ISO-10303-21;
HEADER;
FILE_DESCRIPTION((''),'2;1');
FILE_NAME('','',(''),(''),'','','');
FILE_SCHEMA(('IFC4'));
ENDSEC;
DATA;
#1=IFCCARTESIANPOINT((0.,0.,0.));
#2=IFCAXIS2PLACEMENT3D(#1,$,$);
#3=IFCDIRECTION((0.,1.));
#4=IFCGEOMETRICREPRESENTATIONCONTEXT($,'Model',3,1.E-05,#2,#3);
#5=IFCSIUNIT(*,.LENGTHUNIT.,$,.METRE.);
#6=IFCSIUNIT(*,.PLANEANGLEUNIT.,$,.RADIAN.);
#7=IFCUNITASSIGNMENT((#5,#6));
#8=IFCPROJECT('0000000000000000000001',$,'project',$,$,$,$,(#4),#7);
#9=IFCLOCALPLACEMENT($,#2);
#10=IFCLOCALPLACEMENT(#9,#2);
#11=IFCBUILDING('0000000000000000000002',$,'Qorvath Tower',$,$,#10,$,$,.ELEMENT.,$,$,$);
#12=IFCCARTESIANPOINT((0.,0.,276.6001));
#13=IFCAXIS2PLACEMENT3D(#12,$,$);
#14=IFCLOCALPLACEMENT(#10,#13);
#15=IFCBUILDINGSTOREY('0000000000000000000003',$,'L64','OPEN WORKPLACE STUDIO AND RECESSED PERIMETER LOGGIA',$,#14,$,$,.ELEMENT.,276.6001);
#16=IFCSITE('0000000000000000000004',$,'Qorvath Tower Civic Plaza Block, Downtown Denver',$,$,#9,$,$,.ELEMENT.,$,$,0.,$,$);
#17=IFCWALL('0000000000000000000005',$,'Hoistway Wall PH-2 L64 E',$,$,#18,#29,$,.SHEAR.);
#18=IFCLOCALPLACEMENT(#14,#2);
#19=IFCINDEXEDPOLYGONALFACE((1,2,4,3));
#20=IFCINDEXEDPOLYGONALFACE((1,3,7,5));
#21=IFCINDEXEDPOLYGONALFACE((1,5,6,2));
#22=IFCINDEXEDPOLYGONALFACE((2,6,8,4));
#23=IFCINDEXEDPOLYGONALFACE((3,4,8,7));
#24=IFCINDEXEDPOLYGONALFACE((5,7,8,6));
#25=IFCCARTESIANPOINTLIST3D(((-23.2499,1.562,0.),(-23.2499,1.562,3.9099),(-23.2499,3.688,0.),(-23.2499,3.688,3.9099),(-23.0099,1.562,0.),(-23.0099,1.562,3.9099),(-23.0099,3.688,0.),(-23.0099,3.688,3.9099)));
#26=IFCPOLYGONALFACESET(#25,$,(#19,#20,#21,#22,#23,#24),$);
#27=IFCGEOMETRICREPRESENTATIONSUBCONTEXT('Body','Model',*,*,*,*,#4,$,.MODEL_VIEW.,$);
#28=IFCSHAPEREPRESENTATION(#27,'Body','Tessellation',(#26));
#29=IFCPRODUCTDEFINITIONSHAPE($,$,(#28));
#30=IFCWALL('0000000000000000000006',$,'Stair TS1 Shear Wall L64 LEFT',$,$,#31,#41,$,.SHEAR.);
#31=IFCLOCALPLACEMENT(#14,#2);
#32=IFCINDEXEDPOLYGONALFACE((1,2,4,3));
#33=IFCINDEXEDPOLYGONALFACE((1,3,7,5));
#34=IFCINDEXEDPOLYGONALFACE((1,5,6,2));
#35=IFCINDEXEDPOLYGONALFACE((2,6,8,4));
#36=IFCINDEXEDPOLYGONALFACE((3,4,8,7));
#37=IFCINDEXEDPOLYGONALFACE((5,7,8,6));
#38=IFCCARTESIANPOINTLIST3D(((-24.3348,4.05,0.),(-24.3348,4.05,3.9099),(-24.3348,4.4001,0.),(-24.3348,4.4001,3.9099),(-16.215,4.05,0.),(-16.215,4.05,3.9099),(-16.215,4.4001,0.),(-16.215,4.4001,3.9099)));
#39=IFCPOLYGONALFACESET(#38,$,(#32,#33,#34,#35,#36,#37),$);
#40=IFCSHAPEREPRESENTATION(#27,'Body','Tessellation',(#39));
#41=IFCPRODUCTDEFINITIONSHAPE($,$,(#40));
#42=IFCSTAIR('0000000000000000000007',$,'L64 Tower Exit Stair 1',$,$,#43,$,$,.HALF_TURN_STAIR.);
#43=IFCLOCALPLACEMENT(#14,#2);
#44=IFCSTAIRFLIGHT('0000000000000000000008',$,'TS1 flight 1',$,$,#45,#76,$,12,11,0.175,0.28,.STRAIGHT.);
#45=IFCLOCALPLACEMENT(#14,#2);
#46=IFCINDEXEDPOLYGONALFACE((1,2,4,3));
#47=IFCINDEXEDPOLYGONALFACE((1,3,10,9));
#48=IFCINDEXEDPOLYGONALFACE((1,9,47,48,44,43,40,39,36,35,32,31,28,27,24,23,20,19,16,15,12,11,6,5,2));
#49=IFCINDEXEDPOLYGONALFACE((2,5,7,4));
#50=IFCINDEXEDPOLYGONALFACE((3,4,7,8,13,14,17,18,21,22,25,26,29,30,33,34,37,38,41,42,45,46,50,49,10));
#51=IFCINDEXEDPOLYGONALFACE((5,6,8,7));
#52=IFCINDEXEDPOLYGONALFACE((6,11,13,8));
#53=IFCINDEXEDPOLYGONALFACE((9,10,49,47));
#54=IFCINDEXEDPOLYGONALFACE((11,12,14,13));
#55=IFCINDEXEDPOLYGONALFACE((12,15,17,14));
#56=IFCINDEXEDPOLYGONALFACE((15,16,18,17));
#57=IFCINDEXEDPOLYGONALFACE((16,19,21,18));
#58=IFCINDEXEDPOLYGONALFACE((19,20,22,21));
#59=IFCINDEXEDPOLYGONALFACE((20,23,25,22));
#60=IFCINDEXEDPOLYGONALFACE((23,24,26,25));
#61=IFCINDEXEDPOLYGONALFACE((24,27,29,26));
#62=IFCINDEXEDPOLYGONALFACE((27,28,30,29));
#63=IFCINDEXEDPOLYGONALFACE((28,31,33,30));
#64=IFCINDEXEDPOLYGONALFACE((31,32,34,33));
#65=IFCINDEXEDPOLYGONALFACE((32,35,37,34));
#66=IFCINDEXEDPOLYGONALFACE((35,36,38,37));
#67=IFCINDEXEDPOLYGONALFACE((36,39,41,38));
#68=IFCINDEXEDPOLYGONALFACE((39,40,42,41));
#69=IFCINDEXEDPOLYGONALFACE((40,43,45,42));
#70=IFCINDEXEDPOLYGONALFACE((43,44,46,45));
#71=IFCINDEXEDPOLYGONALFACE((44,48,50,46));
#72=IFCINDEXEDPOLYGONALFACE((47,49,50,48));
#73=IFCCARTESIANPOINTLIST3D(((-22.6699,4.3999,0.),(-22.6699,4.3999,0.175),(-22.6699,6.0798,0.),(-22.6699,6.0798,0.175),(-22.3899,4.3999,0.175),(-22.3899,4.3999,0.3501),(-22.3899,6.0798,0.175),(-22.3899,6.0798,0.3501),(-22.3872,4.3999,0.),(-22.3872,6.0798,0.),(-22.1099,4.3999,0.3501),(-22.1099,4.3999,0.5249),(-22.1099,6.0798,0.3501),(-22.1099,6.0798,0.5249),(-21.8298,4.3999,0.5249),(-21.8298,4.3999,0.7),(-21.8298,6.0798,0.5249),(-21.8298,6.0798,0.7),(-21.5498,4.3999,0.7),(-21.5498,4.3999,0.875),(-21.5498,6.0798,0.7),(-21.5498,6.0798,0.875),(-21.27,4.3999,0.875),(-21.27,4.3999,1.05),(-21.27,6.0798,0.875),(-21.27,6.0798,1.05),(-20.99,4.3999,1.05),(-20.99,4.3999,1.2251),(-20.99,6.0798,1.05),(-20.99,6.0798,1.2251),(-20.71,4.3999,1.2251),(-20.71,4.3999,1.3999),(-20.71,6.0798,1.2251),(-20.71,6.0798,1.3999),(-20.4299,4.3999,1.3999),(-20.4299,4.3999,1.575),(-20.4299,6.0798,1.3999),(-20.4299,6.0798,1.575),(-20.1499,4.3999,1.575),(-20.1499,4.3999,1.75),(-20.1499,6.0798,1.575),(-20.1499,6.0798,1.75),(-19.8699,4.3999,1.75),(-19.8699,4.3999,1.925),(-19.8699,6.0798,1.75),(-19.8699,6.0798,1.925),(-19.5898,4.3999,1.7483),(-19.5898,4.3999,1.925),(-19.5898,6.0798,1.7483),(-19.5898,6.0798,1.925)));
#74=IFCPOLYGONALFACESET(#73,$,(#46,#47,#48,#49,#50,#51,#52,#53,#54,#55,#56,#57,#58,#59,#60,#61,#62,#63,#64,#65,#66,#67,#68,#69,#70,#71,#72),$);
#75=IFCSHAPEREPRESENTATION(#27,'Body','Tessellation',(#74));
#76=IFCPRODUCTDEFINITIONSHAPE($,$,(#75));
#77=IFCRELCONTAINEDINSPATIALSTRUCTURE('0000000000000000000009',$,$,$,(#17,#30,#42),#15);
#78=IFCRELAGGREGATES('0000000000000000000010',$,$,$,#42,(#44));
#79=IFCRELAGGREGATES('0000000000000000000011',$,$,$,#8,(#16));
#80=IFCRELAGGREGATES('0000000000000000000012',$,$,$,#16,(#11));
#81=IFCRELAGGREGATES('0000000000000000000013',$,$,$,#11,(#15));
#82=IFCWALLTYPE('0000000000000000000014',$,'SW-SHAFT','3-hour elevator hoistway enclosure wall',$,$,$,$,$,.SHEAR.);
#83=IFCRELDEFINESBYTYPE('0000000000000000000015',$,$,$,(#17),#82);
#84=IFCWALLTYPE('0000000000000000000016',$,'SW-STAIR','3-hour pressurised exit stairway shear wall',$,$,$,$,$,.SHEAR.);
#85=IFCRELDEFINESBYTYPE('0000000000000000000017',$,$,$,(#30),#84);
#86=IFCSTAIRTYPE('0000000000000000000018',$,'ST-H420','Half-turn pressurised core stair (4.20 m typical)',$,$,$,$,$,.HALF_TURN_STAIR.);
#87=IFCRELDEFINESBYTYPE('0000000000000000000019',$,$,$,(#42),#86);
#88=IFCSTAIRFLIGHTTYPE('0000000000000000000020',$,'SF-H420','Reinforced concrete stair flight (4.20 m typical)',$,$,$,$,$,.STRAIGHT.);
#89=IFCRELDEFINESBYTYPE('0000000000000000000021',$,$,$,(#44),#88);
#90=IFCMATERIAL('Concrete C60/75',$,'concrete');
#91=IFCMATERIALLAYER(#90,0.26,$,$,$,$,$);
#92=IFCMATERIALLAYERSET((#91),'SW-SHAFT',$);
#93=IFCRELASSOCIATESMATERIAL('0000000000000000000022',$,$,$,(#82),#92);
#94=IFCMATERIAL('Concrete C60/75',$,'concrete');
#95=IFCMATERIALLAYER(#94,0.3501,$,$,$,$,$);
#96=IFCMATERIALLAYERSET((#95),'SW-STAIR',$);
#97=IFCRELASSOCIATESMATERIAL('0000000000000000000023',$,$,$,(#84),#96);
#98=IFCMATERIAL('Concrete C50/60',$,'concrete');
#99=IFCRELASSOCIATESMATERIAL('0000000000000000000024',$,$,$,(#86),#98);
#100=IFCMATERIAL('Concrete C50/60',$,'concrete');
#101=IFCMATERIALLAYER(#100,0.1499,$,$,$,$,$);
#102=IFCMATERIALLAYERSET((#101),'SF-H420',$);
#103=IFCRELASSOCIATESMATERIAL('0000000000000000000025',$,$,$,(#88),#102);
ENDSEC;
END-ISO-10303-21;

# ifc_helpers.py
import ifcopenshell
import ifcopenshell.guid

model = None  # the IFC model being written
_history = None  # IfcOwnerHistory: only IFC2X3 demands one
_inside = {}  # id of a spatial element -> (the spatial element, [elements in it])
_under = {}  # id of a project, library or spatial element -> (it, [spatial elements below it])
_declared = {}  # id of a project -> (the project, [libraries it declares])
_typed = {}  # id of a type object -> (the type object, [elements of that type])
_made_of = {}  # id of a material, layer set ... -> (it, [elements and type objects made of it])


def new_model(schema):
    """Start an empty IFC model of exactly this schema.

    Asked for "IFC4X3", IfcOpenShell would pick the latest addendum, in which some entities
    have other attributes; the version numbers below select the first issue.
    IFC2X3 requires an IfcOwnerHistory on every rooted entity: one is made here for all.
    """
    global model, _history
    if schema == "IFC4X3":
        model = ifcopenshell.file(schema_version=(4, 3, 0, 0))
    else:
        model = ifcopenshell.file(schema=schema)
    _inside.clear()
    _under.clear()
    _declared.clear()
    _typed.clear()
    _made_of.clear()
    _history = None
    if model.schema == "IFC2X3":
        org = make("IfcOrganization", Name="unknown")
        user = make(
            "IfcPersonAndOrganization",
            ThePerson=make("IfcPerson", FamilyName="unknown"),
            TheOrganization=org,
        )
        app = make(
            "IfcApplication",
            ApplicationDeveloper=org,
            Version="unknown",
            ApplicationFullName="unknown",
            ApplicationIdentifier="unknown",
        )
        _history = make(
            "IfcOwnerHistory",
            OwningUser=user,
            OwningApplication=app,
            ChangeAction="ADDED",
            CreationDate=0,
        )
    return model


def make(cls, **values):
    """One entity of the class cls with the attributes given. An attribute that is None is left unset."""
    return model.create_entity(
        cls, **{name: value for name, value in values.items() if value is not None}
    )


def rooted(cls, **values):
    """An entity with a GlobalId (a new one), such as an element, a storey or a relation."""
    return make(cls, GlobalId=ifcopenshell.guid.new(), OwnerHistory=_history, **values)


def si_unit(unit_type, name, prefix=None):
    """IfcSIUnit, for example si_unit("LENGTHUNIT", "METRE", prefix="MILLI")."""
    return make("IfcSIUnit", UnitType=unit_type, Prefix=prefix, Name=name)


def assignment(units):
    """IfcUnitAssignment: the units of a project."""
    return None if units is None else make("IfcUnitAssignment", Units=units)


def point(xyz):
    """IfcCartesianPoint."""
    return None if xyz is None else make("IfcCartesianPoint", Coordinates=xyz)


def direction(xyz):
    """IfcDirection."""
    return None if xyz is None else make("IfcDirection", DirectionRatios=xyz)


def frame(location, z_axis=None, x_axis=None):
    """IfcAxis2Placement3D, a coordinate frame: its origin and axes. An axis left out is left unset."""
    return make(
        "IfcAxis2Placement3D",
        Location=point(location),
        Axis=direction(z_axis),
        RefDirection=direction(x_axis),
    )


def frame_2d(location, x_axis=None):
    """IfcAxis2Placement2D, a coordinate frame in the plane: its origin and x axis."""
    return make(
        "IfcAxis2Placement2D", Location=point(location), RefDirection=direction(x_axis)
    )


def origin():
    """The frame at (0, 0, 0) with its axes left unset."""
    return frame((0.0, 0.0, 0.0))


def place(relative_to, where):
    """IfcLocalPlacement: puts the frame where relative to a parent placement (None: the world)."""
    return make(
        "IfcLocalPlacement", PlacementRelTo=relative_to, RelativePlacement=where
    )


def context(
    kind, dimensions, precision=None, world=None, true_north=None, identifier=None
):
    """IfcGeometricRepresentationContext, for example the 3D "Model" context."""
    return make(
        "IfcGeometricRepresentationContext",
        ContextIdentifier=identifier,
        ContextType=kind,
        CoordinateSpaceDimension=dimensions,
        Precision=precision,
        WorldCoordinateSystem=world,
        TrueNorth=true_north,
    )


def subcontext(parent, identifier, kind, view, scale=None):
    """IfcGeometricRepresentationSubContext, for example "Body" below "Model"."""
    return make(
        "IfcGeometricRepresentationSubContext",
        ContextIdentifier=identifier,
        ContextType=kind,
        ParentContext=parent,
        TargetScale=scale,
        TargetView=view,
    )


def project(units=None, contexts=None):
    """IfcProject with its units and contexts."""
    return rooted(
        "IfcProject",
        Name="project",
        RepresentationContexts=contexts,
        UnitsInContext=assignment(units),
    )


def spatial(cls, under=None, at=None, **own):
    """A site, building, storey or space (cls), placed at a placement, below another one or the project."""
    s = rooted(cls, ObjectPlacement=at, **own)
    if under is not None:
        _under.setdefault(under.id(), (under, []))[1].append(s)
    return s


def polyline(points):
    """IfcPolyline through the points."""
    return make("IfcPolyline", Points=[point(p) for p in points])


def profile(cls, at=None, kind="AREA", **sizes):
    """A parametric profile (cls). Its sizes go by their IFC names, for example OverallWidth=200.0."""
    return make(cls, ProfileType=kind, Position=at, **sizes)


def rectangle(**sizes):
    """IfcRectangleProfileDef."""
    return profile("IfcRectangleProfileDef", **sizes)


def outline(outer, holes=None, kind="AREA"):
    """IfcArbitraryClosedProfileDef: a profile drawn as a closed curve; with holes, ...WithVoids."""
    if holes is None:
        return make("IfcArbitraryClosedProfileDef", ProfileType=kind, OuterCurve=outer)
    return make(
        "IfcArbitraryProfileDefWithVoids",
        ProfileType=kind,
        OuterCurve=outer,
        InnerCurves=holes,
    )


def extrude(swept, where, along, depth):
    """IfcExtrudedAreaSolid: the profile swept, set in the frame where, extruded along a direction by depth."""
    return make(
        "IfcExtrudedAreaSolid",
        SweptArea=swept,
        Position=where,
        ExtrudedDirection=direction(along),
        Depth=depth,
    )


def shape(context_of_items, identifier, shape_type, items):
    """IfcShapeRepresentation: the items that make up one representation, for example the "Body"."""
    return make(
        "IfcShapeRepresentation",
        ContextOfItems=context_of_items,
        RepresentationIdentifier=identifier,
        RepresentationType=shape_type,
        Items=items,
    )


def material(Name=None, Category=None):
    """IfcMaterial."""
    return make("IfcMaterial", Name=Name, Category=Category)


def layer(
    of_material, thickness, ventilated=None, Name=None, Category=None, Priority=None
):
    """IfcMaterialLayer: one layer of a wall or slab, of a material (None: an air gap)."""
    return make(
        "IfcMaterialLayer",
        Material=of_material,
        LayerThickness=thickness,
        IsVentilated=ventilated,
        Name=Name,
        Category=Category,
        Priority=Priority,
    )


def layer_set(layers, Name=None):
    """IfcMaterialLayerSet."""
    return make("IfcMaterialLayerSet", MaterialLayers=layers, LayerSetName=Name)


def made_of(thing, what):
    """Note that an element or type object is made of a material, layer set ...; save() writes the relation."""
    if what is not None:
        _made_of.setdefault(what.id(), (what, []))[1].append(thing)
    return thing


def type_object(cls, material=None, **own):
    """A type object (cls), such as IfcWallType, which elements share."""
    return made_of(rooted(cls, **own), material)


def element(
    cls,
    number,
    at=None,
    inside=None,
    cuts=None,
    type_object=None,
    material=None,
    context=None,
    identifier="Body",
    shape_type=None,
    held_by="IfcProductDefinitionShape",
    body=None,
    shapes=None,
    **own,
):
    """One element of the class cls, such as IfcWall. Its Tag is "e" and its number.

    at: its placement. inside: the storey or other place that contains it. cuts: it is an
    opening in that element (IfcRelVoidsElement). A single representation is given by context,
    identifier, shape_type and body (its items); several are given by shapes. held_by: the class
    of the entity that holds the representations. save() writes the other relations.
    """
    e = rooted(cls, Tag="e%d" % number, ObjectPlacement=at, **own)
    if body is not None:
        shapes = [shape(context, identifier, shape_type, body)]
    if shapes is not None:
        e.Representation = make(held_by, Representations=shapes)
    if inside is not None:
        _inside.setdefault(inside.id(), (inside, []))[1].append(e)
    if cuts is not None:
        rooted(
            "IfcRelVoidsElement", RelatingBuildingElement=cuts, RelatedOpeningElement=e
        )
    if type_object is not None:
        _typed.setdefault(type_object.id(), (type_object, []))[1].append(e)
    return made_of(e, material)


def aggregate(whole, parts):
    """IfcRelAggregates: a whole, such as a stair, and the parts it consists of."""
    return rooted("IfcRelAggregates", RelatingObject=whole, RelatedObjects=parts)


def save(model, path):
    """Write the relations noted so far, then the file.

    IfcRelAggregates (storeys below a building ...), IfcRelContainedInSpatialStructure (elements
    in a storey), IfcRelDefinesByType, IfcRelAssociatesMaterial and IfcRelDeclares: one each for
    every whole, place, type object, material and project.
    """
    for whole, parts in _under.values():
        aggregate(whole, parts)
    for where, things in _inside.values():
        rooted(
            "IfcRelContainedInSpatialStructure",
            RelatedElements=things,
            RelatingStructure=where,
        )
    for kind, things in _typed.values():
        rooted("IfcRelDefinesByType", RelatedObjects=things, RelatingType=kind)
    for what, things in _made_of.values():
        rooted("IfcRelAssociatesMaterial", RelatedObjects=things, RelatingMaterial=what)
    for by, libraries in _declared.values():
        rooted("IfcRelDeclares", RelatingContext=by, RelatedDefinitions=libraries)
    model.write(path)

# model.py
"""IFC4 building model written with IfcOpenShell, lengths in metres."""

from ifc_helpers import new_model, si_unit, direction, frame, frame_2d, origin, place, context, subcontext, project, spatial, polyline, rectangle, outline, extrude, material, layer, layer_set, type_object, element, aggregate, save


model = new_model("IFC4")

# Units and contexts
model_context = context("Model", 3, precision=1e-05, world=origin(), true_north=direction((0.0, 1.0)))
body_context = subcontext(model_context, "Body", "Model", "MODEL_VIEW")
ifc_project = project(units=[si_unit("LENGTHUNIT", "METRE"), si_unit("PLANEANGLEUNIT", "RADIAN")], contexts=[model_context])

# Site, building, storey
site_placement = place(None, origin())
site = spatial("IfcSite", under=ifc_project, at=site_placement, Name="Qorvath Tower Civic Plaza Block, Downtown Denver", CompositionType="ELEMENT", RefElevation=0.0)
building_placement = place(site_placement, origin())
building = spatial("IfcBuilding", under=site, at=building_placement, Name="Qorvath Tower", CompositionType="ELEMENT")
storey_placement = place(building_placement, frame((0.0, 0.0, 276.6001)))
storey = spatial("IfcBuildingStorey", under=building, at=storey_placement, Name="L64", Description="OPEN WORKPLACE STUDIO AND RECESSED PERIMETER LOGGIA", CompositionType="ELEMENT", Elevation=276.6001)

# Shared definitions
ifc_material_1 = material(Name="Concrete C60/75", Category="concrete")
ifc_layer_1 = layer(ifc_material_1, 0.26)
ifc_layer_set_1 = layer_set([ifc_layer_1], Name="SW-SHAFT")
wall_type_1 = type_object("IfcWallType", Name="SW-SHAFT", Description="3-hour elevator hoistway enclosure wall", PredefinedType="SHEAR", material=ifc_layer_set_1)

# Walls
wall_1_placement = place(storey_placement, frame((-23.1299, 3.688, 0.0), z_axis=(0.0, 0.0, 1.0), x_axis=(0.0, -1.0, 0.0)))
element("IfcWall", 1, at=wall_1_placement, inside=storey, type_object=wall_type_1, Name="Hoistway Wall PH-2 L64 E", PredefinedType="SHEAR", context=body_context, shape_type="SweptSolid", body=[
    extrude(rectangle(XDim=2.126, YDim=0.24, at=frame_2d((1.063, 0.0))), origin(), (0.0, 0.0, 1.0), 3.9099),
])
ifc_material_2 = material(Name="Concrete C60/75", Category="concrete")
ifc_layer_2 = layer(ifc_material_2, 0.3501)
ifc_layer_set_2 = layer_set([ifc_layer_2], Name="SW-STAIR")
wall_type_2 = type_object("IfcWallType", Name="SW-STAIR", Description="3-hour pressurised exit stairway shear wall", PredefinedType="SHEAR", material=ifc_layer_set_2)
wall_2_placement = place(storey_placement, frame((-24.335, 4.2251, 0.0), z_axis=(0.0, 0.0, 1.0), x_axis=(1.0, 0.0, 0.0)))
element("IfcWall", 2, at=wall_2_placement, inside=storey, type_object=wall_type_2, Name="Stair TS1 Shear Wall L64 LEFT", PredefinedType="SHEAR", context=body_context, shape_type="SweptSolid", body=[
    extrude(rectangle(XDim=8.1199, YDim=0.3501, at=frame_2d((4.0601, 0.0))), origin(), (0.0, 0.0, 1.0), 3.9099),
])

# Stair, stair flight
ifc_material_3 = material(Name="Concrete C50/60", Category="concrete")
stair_type = type_object("IfcStairType", Name="ST-H420", Description="Half-turn pressurised core stair (4.20 m typical)", PredefinedType="HALF_TURN_STAIR", material=ifc_material_3)
stair_placement = place(storey_placement, origin())
stair = element("IfcStair", 3, at=stair_placement, inside=storey, type_object=stair_type, Name="L64 Tower Exit Stair 1", PredefinedType="HALF_TURN_STAIR")
ifc_material_4 = material(Name="Concrete C50/60", Category="concrete")
ifc_layer_3 = layer(ifc_material_4, 0.1499)
ifc_layer_set_3 = layer_set([ifc_layer_3], Name="SF-H420")
stair_flight_type = type_object("IfcStairFlightType", Name="SF-H420", Description="Reinforced concrete stair flight (4.20 m typical)", PredefinedType="STRAIGHT", material=ifc_layer_set_3)
stair_flight_placement = place(storey_placement, frame((-22.6699, 5.24, 0.0), z_axis=(0.0, 0.0, 1.0), x_axis=(1.0, 0.0, 0.0)))
stair_flight = element("IfcStairFlight", 4, at=stair_flight_placement, type_object=stair_flight_type, Name="TS1 flight 1", NumberOfRisers=12, NumberOfTreads=11, PredefinedType="STRAIGHT", RiserHeight=0.175, TreadLength=0.28, context=body_context, shape_type="SweptSolid", body=[
    extrude(outline(polyline([(0.0, 0.0), (0.0, 0.175), (0.28, 0.175), (0.28, 0.3501), (0.5601, 0.3501), (0.5601, 0.5249), (0.8401, 0.5249), (0.8401, 0.7), (1.1201, 0.7), (1.1201, 0.875), (1.3999, 0.875), (1.3999, 1.05), (1.6799, 1.05), (1.6799, 1.2251), (1.96, 1.2251), (1.96, 1.3999), (2.24, 1.3999), (2.24, 1.575), (2.52, 1.575), (2.52, 1.75), (2.8, 1.75), (2.8, 1.925), (3.0801, 1.925), (3.0801, 2.1001), (3.0801, 1.7483), (0.2827, 0.0), (0.0, 0.0)])), frame((0.0, 0.8398, 0.0), z_axis=(0.0, -1.0, 0.0), x_axis=(1.0, 0.0, 0.0)), (0.0, 0.0, 1.0), 1.6799),
])
aggregate(stair, [stair_flight])

save(model, "model.ifc")
